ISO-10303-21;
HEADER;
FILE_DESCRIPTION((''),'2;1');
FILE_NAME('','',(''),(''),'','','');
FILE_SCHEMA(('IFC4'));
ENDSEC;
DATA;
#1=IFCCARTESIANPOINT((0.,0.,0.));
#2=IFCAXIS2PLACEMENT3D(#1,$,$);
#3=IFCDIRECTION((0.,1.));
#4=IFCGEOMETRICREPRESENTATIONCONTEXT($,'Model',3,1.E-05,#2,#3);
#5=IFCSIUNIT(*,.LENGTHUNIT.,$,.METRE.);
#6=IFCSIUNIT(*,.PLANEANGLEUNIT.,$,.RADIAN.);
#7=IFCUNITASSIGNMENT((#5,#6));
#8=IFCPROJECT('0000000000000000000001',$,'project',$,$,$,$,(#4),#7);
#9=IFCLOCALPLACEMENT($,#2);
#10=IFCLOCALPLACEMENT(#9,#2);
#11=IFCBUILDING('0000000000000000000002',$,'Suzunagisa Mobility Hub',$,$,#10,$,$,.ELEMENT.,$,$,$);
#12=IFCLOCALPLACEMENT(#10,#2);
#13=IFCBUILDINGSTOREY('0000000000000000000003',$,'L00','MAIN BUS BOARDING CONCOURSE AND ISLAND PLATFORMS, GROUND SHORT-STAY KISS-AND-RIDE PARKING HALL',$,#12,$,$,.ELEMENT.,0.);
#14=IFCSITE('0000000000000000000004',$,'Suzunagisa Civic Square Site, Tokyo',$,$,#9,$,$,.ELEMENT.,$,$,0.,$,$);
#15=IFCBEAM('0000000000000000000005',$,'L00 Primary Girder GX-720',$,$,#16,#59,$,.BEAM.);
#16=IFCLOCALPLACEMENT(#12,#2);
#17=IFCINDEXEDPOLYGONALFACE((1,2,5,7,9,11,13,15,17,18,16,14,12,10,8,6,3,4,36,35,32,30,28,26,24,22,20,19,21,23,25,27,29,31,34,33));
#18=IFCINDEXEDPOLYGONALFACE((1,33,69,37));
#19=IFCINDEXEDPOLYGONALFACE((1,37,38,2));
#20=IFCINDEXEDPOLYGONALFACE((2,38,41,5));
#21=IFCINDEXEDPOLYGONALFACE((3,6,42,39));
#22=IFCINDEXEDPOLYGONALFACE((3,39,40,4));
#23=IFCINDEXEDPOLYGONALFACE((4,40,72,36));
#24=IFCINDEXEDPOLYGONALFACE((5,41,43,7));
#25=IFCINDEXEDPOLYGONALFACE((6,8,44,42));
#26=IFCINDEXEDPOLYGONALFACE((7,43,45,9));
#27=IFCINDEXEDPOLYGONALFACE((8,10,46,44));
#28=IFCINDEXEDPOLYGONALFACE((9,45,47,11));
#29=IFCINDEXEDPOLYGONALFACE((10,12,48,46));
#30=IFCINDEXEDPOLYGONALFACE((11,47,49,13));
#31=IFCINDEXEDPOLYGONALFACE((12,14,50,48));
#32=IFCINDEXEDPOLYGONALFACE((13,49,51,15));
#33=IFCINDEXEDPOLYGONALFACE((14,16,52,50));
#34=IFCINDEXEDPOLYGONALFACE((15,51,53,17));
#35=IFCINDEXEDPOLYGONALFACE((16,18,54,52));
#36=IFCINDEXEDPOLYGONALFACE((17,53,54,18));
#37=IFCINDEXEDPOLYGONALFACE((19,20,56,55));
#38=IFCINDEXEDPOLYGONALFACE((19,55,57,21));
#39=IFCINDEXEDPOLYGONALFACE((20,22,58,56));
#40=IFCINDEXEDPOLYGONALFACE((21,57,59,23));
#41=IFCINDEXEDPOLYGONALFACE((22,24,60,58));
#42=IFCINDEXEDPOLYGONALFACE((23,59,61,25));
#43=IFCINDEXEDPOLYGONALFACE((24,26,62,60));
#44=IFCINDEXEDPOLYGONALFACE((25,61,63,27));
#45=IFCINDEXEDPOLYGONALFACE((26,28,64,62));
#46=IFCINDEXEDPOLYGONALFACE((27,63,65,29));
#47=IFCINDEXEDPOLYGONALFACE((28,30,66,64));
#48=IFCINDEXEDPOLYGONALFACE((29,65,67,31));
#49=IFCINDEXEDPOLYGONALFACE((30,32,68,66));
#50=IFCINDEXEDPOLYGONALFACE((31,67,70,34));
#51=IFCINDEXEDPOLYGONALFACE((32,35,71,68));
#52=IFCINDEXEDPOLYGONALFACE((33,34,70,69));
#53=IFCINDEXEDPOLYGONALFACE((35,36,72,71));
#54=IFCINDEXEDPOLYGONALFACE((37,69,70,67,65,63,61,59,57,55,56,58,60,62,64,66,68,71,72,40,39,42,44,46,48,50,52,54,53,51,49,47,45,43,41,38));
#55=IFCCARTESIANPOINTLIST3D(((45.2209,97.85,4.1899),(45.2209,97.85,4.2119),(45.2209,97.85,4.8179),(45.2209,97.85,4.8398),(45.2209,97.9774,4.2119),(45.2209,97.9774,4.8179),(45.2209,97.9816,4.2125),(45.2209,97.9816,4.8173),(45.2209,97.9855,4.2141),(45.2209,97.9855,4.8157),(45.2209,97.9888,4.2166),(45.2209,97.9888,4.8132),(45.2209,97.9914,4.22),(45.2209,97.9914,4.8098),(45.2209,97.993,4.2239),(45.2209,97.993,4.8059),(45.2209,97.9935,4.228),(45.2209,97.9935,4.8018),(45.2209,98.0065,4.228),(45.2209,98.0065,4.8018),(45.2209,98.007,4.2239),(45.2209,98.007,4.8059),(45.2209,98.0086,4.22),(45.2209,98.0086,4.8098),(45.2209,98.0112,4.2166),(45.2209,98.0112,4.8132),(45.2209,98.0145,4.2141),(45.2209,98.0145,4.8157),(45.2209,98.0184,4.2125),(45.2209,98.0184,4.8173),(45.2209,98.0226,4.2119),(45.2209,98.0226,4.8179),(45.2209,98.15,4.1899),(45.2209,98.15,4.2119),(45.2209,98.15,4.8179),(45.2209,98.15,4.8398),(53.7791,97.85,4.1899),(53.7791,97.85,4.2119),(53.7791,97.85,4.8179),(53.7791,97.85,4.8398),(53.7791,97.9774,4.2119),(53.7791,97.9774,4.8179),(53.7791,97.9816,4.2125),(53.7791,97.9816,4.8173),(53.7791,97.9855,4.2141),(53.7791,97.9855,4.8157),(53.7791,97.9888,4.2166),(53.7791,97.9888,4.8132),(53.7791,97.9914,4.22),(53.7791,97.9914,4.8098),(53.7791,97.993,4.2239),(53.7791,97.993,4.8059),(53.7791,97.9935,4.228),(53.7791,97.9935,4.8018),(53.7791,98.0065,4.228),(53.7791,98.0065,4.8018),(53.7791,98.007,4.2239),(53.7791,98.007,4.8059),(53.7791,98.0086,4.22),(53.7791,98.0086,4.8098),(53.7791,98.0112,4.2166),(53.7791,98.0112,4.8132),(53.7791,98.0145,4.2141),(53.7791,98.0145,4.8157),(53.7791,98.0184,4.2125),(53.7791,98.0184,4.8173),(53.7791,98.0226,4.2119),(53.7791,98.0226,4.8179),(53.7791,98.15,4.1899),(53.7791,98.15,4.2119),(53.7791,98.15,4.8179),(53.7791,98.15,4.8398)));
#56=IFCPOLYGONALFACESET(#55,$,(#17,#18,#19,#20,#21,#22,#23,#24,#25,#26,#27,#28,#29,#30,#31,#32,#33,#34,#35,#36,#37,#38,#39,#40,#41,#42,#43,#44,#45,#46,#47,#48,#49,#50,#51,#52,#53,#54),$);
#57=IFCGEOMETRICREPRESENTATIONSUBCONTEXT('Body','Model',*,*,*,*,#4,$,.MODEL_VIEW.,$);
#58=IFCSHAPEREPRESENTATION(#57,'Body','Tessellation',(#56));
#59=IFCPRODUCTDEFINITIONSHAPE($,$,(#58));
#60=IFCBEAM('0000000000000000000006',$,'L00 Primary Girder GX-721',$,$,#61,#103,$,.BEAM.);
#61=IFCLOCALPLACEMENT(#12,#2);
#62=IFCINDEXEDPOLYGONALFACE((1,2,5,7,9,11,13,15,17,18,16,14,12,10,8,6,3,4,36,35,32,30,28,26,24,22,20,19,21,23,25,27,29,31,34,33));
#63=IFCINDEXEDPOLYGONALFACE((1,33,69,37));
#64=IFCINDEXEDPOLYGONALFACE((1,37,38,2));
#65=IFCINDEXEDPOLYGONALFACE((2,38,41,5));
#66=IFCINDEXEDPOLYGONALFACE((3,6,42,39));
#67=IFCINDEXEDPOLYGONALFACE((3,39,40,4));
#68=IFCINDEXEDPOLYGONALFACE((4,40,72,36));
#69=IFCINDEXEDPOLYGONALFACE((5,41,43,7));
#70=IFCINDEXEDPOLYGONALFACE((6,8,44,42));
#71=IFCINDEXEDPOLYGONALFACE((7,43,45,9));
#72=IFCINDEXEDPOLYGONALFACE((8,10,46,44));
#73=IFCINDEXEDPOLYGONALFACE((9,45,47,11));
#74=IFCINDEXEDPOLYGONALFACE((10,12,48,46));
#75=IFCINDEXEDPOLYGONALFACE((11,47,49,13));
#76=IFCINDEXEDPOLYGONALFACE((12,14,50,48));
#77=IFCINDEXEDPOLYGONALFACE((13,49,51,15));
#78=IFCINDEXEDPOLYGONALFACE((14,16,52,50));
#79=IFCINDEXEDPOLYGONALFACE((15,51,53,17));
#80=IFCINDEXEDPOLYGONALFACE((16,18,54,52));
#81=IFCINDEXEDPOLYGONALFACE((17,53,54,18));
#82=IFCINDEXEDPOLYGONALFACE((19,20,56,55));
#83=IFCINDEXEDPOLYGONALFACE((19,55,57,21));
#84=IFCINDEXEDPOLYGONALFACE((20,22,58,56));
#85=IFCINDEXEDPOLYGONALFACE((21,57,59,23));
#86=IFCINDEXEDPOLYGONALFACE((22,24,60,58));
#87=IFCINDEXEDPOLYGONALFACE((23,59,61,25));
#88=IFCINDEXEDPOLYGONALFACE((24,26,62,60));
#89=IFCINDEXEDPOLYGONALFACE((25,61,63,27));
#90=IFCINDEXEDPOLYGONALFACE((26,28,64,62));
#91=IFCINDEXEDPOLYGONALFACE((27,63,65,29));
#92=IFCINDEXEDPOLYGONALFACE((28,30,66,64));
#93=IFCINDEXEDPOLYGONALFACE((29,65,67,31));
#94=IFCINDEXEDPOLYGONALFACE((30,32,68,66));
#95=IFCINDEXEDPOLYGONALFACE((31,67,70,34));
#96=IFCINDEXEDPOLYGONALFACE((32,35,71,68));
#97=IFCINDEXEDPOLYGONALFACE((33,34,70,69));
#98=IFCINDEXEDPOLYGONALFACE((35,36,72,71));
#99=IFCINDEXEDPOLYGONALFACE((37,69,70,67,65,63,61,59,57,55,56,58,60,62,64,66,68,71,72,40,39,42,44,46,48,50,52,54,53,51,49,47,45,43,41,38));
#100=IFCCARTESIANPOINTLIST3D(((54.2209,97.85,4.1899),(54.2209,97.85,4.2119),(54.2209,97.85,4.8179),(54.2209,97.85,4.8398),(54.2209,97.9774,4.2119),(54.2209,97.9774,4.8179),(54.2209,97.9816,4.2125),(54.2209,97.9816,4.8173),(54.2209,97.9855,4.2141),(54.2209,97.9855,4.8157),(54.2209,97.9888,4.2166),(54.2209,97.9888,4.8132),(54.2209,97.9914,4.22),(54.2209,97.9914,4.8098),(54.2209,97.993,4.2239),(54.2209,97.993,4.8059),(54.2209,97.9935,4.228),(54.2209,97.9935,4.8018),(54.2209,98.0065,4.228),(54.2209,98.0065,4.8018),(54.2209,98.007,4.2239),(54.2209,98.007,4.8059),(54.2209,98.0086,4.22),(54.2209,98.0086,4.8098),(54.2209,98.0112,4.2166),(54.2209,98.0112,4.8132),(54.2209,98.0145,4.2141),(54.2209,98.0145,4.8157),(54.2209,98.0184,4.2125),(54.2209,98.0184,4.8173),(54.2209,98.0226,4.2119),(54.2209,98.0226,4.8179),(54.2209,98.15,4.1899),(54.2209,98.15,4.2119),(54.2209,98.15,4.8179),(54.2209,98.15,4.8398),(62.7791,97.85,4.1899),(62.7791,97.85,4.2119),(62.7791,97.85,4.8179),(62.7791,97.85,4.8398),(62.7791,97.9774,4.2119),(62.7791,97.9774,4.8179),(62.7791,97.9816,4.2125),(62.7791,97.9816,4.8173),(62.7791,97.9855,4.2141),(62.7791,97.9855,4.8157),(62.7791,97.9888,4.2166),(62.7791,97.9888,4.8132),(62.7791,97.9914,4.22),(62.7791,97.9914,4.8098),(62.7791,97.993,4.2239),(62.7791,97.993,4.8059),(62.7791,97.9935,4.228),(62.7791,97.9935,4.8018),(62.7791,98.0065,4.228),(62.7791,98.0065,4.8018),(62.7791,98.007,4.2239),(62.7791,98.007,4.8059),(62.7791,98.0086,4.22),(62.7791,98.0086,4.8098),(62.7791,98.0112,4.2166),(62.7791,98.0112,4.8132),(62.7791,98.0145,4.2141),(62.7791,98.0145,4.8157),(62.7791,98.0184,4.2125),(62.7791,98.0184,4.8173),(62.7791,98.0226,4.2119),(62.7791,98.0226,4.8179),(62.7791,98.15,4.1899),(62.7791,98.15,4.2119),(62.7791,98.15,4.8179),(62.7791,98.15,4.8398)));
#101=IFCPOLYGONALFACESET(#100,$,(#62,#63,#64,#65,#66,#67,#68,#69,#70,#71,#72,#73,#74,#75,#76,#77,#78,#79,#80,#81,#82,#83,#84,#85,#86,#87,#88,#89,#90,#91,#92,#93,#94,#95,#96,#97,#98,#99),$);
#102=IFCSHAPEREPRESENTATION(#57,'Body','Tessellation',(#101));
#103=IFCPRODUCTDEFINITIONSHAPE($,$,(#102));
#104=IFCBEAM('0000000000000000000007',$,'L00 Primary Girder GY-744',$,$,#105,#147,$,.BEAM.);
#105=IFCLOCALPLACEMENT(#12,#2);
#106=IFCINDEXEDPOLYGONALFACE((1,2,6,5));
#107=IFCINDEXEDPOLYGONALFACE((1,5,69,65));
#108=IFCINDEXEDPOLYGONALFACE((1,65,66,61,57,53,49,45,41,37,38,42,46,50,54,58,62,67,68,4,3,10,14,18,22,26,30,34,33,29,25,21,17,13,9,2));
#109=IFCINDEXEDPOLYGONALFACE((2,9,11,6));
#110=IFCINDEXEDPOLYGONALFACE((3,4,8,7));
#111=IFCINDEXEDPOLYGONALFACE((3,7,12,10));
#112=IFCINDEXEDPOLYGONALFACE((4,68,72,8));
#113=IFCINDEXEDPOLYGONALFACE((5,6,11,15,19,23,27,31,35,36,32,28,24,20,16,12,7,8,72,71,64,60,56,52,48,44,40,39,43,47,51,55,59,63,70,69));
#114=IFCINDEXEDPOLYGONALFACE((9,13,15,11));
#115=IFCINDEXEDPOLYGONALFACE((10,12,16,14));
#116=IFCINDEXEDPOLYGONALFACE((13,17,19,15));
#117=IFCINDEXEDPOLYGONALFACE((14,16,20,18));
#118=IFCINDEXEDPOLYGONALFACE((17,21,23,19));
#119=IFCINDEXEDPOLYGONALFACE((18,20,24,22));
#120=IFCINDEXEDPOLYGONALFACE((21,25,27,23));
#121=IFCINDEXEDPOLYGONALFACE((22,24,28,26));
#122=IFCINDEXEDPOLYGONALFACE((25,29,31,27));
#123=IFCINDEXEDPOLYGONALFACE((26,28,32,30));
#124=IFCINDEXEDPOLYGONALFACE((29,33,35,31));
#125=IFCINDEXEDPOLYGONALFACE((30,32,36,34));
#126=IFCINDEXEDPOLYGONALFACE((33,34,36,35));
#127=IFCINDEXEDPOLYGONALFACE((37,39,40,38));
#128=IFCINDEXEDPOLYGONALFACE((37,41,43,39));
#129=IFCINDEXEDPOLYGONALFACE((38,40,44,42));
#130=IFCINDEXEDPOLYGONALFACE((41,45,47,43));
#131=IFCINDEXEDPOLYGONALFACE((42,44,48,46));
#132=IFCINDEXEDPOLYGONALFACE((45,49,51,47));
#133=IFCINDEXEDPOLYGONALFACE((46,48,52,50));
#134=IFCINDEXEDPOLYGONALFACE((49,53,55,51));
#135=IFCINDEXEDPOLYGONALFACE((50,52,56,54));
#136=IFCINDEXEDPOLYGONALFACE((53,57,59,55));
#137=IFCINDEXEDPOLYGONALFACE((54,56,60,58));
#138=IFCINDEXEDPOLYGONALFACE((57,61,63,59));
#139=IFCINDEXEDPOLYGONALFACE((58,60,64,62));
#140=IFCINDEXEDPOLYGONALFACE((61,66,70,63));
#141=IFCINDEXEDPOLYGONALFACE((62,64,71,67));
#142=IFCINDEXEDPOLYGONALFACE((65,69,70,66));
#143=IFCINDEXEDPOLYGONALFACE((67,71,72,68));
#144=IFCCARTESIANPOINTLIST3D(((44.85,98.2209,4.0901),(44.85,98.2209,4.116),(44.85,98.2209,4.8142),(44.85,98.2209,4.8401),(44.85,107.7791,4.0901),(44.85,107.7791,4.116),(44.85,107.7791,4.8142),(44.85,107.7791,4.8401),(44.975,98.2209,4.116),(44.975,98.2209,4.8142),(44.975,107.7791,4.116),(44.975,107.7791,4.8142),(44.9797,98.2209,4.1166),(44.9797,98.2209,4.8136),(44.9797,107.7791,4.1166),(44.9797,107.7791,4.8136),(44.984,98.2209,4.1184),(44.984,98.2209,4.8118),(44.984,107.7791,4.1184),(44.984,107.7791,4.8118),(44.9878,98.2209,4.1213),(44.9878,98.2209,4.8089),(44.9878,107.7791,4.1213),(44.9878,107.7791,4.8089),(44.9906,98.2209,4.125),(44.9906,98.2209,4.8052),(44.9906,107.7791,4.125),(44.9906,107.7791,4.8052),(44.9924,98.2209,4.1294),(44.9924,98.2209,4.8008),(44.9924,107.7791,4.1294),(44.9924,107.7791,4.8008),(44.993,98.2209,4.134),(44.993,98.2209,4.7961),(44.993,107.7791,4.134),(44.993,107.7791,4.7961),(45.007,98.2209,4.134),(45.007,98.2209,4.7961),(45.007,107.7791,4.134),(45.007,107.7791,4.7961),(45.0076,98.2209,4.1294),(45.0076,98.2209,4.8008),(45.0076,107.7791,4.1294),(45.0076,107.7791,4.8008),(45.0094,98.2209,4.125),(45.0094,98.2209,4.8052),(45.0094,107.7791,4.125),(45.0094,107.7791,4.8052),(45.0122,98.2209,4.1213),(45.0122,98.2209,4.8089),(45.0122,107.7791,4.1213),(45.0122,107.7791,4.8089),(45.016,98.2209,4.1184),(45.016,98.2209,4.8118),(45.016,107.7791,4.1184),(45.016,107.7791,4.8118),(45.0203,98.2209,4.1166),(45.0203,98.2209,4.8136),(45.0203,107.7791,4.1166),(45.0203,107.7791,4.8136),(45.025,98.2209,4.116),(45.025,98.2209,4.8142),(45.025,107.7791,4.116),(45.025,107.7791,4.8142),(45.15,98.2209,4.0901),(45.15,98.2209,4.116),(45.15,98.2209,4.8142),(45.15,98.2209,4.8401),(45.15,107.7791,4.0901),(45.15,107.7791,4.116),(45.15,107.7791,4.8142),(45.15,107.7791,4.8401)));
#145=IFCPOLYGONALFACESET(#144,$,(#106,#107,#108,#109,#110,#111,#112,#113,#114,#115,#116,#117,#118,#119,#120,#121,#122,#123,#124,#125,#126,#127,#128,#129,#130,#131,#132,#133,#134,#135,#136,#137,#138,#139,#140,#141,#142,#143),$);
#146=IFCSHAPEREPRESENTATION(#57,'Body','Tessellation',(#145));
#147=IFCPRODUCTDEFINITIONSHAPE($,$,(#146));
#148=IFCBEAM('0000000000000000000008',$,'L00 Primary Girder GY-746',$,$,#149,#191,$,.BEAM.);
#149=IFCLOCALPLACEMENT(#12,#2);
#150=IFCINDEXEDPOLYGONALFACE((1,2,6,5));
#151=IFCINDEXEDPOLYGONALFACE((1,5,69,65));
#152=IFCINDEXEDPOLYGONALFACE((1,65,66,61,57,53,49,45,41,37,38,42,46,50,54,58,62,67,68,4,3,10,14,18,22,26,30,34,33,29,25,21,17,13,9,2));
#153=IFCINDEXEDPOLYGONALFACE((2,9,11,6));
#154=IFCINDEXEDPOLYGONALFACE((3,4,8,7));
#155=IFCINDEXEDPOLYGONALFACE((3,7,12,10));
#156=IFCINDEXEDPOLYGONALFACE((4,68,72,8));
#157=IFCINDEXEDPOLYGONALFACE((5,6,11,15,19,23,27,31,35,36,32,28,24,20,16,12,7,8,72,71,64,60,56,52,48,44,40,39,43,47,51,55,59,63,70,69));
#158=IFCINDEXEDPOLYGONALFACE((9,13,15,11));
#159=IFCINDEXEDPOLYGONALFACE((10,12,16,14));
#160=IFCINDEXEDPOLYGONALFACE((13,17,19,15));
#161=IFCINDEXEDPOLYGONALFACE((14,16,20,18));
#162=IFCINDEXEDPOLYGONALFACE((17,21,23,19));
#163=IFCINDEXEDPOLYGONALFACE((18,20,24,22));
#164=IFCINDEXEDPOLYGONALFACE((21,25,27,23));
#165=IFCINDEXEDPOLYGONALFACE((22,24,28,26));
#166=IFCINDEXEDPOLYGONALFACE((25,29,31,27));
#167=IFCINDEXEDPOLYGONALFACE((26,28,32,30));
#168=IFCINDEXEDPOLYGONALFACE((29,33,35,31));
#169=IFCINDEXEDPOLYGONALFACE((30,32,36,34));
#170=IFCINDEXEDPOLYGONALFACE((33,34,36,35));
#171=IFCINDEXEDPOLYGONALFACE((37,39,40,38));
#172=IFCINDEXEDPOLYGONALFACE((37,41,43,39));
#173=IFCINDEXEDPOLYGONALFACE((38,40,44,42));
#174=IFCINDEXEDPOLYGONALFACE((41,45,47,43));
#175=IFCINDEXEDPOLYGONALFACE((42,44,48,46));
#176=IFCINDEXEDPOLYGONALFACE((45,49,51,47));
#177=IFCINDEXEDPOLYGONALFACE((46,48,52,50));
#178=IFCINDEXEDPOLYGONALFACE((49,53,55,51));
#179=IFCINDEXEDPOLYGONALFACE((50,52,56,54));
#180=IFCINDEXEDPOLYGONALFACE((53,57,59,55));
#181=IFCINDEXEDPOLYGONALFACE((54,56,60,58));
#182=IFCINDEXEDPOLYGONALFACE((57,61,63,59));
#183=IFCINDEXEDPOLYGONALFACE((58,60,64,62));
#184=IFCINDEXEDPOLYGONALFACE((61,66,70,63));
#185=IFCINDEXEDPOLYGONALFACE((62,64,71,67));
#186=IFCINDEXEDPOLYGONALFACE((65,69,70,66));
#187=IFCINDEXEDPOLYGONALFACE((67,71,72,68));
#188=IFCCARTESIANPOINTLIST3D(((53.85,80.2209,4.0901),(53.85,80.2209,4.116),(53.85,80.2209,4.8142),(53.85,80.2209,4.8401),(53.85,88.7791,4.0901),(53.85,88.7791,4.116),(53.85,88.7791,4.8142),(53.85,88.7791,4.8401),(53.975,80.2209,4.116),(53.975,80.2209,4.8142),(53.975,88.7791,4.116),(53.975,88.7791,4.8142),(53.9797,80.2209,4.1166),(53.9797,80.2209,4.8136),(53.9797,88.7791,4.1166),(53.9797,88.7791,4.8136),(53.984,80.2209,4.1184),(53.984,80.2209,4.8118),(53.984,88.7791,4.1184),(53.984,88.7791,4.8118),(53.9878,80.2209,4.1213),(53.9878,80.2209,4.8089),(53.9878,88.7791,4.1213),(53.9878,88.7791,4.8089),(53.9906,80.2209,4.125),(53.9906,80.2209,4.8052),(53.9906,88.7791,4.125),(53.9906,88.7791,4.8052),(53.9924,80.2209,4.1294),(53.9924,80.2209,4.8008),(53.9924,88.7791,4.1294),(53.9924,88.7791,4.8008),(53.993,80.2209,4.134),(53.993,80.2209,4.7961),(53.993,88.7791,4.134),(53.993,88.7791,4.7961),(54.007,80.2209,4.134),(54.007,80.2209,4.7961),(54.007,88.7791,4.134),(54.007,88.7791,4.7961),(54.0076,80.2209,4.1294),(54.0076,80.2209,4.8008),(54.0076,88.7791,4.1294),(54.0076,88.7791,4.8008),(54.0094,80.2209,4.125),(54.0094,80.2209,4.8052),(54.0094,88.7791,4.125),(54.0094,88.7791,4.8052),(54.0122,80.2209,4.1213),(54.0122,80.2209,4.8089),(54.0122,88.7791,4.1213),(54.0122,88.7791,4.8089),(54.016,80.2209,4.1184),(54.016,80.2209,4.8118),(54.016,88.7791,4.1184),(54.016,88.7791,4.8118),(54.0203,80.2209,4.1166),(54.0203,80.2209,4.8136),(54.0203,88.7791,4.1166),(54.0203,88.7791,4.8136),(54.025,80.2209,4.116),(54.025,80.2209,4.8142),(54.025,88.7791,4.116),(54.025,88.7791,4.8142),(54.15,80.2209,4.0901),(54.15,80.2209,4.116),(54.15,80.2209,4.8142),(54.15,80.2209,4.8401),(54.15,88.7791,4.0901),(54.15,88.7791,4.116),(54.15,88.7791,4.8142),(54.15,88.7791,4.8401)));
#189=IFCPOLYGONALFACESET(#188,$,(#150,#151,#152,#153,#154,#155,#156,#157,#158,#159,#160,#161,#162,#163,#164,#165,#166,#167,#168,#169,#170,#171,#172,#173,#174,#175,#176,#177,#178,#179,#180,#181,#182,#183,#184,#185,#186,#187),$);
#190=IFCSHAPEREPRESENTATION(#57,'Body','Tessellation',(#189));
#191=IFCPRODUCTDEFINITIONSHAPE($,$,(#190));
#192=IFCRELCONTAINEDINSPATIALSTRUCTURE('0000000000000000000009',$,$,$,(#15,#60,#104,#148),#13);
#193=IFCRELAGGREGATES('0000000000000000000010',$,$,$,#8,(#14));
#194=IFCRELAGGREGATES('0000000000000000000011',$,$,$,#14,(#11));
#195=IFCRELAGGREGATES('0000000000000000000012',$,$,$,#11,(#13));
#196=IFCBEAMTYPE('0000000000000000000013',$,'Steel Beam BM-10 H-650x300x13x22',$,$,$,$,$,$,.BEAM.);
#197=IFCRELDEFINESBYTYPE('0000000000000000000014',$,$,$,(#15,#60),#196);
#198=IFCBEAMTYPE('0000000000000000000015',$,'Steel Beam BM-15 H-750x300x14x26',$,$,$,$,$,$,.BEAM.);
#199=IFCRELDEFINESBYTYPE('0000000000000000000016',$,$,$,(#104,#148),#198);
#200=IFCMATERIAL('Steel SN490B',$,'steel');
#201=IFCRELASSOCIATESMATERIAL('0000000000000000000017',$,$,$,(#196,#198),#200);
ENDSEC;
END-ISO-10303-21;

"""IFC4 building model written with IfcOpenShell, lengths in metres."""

from ifc_helpers import new_model, si_unit, direction, frame, origin, origin_2d, place, context, subcontext, project, spatial, i_section, extrude, material, material_profile, profile_set, type_object, element, save


model = new_model("IFC4")

# Units and contexts
model_context = context("Model", 3, precision=1e-05, world=origin(), true_north=direction((0.0, 1.0)))
body_context = subcontext(model_context, "Body", "Model", "MODEL_VIEW")
ifc_project = project(units=[si_unit("LENGTHUNIT", "METRE"), si_unit("PLANEANGLEUNIT", "RADIAN")], contexts=[model_context])

# Site, building, storey
site_placement = place(None, origin())
site = spatial("IfcSite", under=ifc_project, at=site_placement, Name="Suzunagisa Civic Square Site, Tokyo", CompositionType="ELEMENT", RefElevation=0.0)
building_placement = place(site_placement, origin())
building = spatial("IfcBuilding", under=site, at=building_placement, Name="Suzunagisa Mobility Hub", CompositionType="ELEMENT")
storey_placement = place(building_placement, origin())
storey = spatial("IfcBuildingStorey", under=building, at=storey_placement, Name="L00", Description="MAIN BUS BOARDING CONCOURSE AND ISLAND PLATFORMS, GROUND SHORT-STAY KISS-AND-RIDE PARKING HALL", CompositionType="ELEMENT", Elevation=0.0)

# Shared definitions
ifc_material_1 = material(Name="Steel SN490B", Category="steel")

# Beams
ifc_material_profile_1 = material_profile(ifc_material_1, i_section(OverallWidth=0.3, OverallDepth=0.6499, WebThickness=0.0129, FlangeThickness=0.022, FilletRadius=0.0161, at=origin_2d()), Name="H-650x300x13x22")
ifc_profile_set_1 = profile_set([ifc_material_profile_1], Name="Steel SN490B")
beam_type_1 = type_object("IfcBeamType", Name="Steel Beam BM-10 H-650x300x13x22", PredefinedType="BEAM", material=ifc_profile_set_1)
for number, where, z_axis, x_axis, name in (
    (1, (45.2209, 98.0, 4.5149), (1.0, 0.0, 0.0), (0.0, 1.0, 0.0), "L00 Primary Girder GX-720"),
    (2, (54.2209, 98.0, 4.5149), (1.0, 0.0, 0.0), (0.0, 1.0, 0.0), "L00 Primary Girder GX-721"),
):
    element("IfcBeam", number, at=place(storey_placement, frame(where, z_axis=z_axis, x_axis=x_axis)), inside=storey, type_object=beam_type_1, Name=name, PredefinedType="BEAM", context=body_context, shape_type="SweptSolid", body=[
        extrude(i_section(OverallWidth=0.3, OverallDepth=0.6499, WebThickness=0.0129, FlangeThickness=0.022, FilletRadius=0.0161, at=origin_2d()), origin(), (0.0, 0.0, 1.0), 8.5581),
    ])
ifc_material_profile_2 = material_profile(ifc_material_1, i_section(OverallWidth=0.3, OverallDepth=0.75, WebThickness=0.0139, FlangeThickness=0.0259, FilletRadius=0.0181, at=origin_2d()), Name="H-750x300x14x26")
ifc_profile_set_2 = profile_set([ifc_material_profile_2], Name="Steel SN490B")
beam_type_2 = type_object("IfcBeamType", Name="Steel Beam BM-15 H-750x300x14x26", PredefinedType="BEAM", material=ifc_profile_set_2)
beam_1_placement = place(storey_placement, frame((45.0, 98.2209, 4.4651), z_axis=(0.0, 1.0, 0.0), x_axis=(-1.0, 0.0, 0.0)))
element("IfcBeam", 3, at=beam_1_placement, inside=storey, type_object=beam_type_2, Name="L00 Primary Girder GY-744", PredefinedType="BEAM", context=body_context, shape_type="SweptSolid", body=[
    extrude(i_section(OverallWidth=0.3, OverallDepth=0.75, WebThickness=0.0139, FlangeThickness=0.0259, FilletRadius=0.0181, at=origin_2d()), origin(), (0.0, 0.0, 1.0), 9.5581),
])
for number, where, z_axis, x_axis, name in (
    (4, (54.0, 80.2209, 4.4651), (0.0, 1.0, 0.0), (-1.0, 0.0, 0.0), "L00 Primary Girder GY-746"),
):
    element("IfcBeam", number, at=place(storey_placement, frame(where, z_axis=z_axis, x_axis=x_axis)), inside=storey, type_object=beam_type_2, Name=name, PredefinedType="BEAM", context=body_context, shape_type="SweptSolid", body=[
        extrude(i_section(OverallWidth=0.3, OverallDepth=0.75, WebThickness=0.0139, FlangeThickness=0.0259, FilletRadius=0.0181, at=origin_2d()), origin(), (0.0, 0.0, 1.0), 8.5581),
    ])

save(model, "model.ifc")
